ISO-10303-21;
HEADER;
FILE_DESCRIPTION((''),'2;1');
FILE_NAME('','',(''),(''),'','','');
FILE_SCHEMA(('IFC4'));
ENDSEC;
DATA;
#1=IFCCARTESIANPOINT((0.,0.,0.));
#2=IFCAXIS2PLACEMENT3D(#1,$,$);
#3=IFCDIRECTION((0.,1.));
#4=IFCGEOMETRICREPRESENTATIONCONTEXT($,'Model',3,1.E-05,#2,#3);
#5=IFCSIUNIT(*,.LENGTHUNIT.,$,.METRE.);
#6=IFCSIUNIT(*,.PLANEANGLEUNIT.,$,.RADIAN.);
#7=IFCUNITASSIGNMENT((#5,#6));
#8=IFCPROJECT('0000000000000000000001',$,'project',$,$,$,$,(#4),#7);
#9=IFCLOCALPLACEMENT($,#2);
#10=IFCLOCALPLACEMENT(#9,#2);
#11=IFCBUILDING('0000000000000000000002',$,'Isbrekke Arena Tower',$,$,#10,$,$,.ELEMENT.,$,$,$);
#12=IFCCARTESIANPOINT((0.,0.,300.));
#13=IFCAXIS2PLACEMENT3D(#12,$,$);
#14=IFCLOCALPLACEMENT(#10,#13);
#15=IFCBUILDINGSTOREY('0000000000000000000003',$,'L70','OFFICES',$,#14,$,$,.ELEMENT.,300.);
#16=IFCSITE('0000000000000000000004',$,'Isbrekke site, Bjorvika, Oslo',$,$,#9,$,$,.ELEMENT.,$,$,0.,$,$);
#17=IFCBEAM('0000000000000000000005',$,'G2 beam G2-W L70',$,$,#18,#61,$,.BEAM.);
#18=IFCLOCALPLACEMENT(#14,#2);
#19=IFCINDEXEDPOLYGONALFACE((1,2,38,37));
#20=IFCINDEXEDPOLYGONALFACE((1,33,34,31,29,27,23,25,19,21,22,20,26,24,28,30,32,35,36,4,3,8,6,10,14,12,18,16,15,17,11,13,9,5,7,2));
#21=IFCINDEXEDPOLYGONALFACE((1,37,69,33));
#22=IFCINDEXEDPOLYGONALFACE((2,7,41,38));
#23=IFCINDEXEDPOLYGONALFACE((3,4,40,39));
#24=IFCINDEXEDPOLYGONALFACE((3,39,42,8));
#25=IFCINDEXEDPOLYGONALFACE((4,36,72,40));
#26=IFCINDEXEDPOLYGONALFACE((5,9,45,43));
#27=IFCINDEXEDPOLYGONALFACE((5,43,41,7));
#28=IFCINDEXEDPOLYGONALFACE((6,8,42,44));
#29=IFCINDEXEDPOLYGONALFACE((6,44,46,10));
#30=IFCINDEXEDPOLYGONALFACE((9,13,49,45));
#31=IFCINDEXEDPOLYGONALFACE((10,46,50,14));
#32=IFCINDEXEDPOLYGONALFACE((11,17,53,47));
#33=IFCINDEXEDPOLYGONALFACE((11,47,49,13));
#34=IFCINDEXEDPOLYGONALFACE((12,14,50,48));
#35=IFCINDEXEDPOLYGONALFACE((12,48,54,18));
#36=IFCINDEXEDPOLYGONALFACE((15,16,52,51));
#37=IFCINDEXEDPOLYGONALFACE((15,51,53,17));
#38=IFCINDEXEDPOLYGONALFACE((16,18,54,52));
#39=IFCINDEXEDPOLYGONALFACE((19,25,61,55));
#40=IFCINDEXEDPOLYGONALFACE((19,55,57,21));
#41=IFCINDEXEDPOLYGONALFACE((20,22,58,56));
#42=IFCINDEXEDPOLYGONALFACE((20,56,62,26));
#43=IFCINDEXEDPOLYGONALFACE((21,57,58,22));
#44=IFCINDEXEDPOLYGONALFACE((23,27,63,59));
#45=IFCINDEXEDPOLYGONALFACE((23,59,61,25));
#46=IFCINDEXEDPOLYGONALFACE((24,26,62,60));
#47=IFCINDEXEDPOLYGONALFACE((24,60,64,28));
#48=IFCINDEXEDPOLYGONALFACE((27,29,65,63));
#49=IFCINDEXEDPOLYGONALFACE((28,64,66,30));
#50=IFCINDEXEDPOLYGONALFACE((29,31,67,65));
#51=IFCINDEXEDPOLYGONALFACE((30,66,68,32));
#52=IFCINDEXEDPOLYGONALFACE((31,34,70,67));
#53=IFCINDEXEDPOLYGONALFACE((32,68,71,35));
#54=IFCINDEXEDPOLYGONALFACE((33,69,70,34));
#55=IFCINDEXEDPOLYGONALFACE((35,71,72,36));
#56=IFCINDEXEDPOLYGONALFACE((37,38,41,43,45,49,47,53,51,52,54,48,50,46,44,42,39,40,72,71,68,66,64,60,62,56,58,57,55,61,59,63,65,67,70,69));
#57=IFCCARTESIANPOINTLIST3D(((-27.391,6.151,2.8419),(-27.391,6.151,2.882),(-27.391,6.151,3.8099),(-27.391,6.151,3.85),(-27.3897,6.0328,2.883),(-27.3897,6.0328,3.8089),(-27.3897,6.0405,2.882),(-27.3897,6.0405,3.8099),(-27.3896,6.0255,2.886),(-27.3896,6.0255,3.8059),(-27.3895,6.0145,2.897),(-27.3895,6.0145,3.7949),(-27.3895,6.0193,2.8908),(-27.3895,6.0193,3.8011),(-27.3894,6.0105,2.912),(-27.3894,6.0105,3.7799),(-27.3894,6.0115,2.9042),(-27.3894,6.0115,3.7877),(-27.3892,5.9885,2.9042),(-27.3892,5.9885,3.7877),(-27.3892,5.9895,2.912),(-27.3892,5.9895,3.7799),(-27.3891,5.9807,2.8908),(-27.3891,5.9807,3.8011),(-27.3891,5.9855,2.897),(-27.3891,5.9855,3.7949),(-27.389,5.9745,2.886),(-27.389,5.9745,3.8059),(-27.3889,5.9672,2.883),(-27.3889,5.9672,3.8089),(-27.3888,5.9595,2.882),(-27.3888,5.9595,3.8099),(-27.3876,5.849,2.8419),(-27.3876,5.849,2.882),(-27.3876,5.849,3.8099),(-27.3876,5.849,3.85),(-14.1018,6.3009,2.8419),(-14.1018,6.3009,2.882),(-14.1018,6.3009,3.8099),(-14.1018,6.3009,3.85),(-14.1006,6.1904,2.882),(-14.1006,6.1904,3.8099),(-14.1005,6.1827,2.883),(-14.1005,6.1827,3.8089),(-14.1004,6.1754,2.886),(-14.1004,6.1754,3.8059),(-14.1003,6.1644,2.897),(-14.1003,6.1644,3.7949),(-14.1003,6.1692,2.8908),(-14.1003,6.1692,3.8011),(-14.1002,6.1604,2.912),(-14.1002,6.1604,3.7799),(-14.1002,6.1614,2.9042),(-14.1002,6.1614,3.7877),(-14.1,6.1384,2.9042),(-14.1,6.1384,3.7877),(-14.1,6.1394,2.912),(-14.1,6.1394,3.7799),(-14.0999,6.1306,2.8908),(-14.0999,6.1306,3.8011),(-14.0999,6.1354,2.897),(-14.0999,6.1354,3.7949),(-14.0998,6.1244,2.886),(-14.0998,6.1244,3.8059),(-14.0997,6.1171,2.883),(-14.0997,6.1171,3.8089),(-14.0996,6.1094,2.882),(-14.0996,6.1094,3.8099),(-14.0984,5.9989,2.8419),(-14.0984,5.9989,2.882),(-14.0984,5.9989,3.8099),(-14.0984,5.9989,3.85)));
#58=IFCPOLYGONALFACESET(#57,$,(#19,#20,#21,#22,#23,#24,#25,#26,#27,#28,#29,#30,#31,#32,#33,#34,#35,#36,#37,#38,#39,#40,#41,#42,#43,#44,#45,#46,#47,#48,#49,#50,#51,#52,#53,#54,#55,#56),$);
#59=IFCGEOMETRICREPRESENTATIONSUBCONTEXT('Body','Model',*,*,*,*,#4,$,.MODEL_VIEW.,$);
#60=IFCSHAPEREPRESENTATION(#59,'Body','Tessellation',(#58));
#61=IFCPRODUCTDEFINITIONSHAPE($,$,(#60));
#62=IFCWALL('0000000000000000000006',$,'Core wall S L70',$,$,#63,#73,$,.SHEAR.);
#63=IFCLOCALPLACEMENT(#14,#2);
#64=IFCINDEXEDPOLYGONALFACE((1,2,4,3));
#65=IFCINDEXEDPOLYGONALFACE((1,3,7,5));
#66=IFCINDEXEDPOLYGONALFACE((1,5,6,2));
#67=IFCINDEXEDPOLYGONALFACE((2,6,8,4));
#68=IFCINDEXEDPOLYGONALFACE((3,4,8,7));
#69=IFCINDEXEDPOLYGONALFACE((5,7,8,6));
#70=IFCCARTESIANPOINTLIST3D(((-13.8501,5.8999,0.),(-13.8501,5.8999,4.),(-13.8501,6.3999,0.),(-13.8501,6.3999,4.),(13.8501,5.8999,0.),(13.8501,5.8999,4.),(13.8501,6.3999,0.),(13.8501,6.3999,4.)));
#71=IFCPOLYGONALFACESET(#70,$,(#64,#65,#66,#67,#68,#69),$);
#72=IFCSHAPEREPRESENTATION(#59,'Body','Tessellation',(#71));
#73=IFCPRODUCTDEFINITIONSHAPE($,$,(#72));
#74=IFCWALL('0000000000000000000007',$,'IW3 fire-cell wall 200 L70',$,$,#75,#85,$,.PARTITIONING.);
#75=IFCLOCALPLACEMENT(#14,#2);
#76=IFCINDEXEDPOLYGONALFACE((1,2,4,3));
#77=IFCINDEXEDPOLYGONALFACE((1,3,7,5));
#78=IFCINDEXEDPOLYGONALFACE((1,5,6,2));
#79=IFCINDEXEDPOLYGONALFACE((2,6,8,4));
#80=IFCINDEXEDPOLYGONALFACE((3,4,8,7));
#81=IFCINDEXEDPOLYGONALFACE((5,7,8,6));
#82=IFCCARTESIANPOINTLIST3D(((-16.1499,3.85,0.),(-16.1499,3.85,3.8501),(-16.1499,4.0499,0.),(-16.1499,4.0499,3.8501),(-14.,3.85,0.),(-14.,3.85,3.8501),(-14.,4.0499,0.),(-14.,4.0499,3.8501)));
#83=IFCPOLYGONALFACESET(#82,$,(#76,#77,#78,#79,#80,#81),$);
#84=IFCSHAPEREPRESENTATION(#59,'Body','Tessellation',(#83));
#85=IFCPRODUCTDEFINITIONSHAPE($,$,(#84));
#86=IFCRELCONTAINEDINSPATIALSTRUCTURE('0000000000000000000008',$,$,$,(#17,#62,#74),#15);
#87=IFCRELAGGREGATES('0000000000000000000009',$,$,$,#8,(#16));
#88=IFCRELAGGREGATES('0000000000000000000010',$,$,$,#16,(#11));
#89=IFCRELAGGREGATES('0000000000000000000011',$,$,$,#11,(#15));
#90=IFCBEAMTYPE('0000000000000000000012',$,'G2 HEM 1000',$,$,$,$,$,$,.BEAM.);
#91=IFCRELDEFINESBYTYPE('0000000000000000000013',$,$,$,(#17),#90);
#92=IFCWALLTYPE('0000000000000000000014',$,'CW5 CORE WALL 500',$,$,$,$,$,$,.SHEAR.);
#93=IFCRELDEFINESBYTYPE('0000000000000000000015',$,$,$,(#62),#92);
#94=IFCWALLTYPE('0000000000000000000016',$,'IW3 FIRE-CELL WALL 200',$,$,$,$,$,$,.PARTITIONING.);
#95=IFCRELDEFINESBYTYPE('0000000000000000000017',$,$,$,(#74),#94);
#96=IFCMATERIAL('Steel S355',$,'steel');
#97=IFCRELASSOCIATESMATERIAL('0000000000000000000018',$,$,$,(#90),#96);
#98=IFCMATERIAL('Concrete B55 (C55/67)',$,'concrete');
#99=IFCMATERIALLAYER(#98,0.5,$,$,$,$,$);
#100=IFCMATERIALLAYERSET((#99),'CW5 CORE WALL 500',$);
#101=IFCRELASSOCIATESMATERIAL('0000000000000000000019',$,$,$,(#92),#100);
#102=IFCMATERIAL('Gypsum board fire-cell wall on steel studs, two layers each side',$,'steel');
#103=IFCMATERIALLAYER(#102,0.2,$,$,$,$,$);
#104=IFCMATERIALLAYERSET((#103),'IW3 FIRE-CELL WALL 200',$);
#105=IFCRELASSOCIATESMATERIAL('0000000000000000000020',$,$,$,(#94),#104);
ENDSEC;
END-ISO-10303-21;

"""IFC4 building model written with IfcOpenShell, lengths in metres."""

from ifc_helpers import new_model, si_unit, direction, frame, frame_2d, origin, origin_2d, place, context, subcontext, project, spatial, rectangle, i_section, extrude, material, layer, layer_set, material_profile, profile_set, type_object, element, save


model = new_model("IFC4")

# Units and contexts
model_context = context("Model", 3, precision=1e-05, world=origin(), true_north=direction((0.0, 1.0)))
body_context = subcontext(model_context, "Body", "Model", "MODEL_VIEW")
ifc_project = project(units=[si_unit("LENGTHUNIT", "METRE"), si_unit("PLANEANGLEUNIT", "RADIAN")], contexts=[model_context])

# Site, building, storey
site_placement = place(None, origin())
site = spatial("IfcSite", under=ifc_project, at=site_placement, Name="Isbrekke site, Bjorvika, Oslo", CompositionType="ELEMENT", RefElevation=0.0)
building_placement = place(site_placement, origin())
building = spatial("IfcBuilding", under=site, at=building_placement, Name="Isbrekke Arena Tower", CompositionType="ELEMENT")
storey_placement = place(building_placement, frame((0.0, 0.0, 300.0)))
storey = spatial("IfcBuildingStorey", under=building, at=storey_placement, Name="L70", Description="OFFICES", CompositionType="ELEMENT", Elevation=300.0)

# Beam
ifc_material_1 = material(Name="Steel S355", Category="steel")
ifc_material_profile = material_profile(ifc_material_1, i_section(OverallWidth=0.302, OverallDepth=1.0081, WebThickness=0.021, FlangeThickness=0.04, FilletRadius=0.03, at=origin_2d()), Name="HEM 1000")
ifc_profile_set = profile_set([ifc_material_profile], Name="Steel S355")
beam_type = type_object("IfcBeamType", Name="G2 HEM 1000", PredefinedType="BEAM", material=ifc_profile_set)
beam_placement = place(storey_placement, frame((-14.1001, 6.1499, 3.3459), z_axis=(-0.999936, -0.011279, 0.0), x_axis=(0.011279, -0.999936, 0.0)))
element("IfcBeam", 1, at=beam_placement, inside=storey, type_object=beam_type, Name="G2 beam G2-W L70", PredefinedType="BEAM", context=body_context, shape_type="SweptSolid", body=[
    extrude(i_section(OverallWidth=0.302, OverallDepth=1.0081, WebThickness=0.021, FlangeThickness=0.04, FilletRadius=0.03, at=origin_2d()), origin(), (0.0, 0.0, 1.0), 13.29),
])

# Walls
ifc_material_2 = material(Name="Concrete B55 (C55/67)", Category="concrete")
ifc_layer_1 = layer(ifc_material_2, 0.5)
ifc_layer_set_1 = layer_set([ifc_layer_1], Name="CW5 CORE WALL 500")
wall_type_1 = type_object("IfcWallType", Name="CW5 CORE WALL 500", PredefinedType="SHEAR", material=ifc_layer_set_1)
wall_1_placement = place(storey_placement, frame((-13.8501, 6.1499, 0.0), z_axis=(0.0, 0.0, 1.0), x_axis=(1.0, 0.0, 0.0)))
element("IfcWall", 2, at=wall_1_placement, inside=storey, type_object=wall_type_1, Name="Core wall S L70", PredefinedType="SHEAR", context=body_context, shape_type="SweptSolid", body=[
    extrude(rectangle(XDim=27.7002, YDim=0.5, at=frame_2d((13.8501, 0.0))), origin(), (0.0, 0.0, 1.0), 4.0),
])
ifc_material_3 = material(Name="Gypsum board fire-cell wall on steel studs, two layers each side", Category="steel")
ifc_layer_2 = layer(ifc_material_3, 0.2)
ifc_layer_set_2 = layer_set([ifc_layer_2], Name="IW3 FIRE-CELL WALL 200")
wall_type_2 = type_object("IfcWallType", Name="IW3 FIRE-CELL WALL 200", PredefinedType="PARTITIONING", material=ifc_layer_set_2)
wall_2_placement = place(storey_placement, frame((-16.1499, 3.95, 0.0), z_axis=(0.0, 0.0, 1.0), x_axis=(1.0, 0.0, 0.0)))
element("IfcWall", 3, at=wall_2_placement, inside=storey, type_object=wall_type_2, Name="IW3 fire-cell wall 200 L70", PredefinedType="PARTITIONING", context=body_context, shape_type="SweptSolid", body=[
    extrude(rectangle(XDim=2.1499, YDim=0.2, at=frame_2d((1.075, 0.0))), origin(), (0.0, 0.0, 1.0), 3.8501),
])

save(model, "model.ifc")
